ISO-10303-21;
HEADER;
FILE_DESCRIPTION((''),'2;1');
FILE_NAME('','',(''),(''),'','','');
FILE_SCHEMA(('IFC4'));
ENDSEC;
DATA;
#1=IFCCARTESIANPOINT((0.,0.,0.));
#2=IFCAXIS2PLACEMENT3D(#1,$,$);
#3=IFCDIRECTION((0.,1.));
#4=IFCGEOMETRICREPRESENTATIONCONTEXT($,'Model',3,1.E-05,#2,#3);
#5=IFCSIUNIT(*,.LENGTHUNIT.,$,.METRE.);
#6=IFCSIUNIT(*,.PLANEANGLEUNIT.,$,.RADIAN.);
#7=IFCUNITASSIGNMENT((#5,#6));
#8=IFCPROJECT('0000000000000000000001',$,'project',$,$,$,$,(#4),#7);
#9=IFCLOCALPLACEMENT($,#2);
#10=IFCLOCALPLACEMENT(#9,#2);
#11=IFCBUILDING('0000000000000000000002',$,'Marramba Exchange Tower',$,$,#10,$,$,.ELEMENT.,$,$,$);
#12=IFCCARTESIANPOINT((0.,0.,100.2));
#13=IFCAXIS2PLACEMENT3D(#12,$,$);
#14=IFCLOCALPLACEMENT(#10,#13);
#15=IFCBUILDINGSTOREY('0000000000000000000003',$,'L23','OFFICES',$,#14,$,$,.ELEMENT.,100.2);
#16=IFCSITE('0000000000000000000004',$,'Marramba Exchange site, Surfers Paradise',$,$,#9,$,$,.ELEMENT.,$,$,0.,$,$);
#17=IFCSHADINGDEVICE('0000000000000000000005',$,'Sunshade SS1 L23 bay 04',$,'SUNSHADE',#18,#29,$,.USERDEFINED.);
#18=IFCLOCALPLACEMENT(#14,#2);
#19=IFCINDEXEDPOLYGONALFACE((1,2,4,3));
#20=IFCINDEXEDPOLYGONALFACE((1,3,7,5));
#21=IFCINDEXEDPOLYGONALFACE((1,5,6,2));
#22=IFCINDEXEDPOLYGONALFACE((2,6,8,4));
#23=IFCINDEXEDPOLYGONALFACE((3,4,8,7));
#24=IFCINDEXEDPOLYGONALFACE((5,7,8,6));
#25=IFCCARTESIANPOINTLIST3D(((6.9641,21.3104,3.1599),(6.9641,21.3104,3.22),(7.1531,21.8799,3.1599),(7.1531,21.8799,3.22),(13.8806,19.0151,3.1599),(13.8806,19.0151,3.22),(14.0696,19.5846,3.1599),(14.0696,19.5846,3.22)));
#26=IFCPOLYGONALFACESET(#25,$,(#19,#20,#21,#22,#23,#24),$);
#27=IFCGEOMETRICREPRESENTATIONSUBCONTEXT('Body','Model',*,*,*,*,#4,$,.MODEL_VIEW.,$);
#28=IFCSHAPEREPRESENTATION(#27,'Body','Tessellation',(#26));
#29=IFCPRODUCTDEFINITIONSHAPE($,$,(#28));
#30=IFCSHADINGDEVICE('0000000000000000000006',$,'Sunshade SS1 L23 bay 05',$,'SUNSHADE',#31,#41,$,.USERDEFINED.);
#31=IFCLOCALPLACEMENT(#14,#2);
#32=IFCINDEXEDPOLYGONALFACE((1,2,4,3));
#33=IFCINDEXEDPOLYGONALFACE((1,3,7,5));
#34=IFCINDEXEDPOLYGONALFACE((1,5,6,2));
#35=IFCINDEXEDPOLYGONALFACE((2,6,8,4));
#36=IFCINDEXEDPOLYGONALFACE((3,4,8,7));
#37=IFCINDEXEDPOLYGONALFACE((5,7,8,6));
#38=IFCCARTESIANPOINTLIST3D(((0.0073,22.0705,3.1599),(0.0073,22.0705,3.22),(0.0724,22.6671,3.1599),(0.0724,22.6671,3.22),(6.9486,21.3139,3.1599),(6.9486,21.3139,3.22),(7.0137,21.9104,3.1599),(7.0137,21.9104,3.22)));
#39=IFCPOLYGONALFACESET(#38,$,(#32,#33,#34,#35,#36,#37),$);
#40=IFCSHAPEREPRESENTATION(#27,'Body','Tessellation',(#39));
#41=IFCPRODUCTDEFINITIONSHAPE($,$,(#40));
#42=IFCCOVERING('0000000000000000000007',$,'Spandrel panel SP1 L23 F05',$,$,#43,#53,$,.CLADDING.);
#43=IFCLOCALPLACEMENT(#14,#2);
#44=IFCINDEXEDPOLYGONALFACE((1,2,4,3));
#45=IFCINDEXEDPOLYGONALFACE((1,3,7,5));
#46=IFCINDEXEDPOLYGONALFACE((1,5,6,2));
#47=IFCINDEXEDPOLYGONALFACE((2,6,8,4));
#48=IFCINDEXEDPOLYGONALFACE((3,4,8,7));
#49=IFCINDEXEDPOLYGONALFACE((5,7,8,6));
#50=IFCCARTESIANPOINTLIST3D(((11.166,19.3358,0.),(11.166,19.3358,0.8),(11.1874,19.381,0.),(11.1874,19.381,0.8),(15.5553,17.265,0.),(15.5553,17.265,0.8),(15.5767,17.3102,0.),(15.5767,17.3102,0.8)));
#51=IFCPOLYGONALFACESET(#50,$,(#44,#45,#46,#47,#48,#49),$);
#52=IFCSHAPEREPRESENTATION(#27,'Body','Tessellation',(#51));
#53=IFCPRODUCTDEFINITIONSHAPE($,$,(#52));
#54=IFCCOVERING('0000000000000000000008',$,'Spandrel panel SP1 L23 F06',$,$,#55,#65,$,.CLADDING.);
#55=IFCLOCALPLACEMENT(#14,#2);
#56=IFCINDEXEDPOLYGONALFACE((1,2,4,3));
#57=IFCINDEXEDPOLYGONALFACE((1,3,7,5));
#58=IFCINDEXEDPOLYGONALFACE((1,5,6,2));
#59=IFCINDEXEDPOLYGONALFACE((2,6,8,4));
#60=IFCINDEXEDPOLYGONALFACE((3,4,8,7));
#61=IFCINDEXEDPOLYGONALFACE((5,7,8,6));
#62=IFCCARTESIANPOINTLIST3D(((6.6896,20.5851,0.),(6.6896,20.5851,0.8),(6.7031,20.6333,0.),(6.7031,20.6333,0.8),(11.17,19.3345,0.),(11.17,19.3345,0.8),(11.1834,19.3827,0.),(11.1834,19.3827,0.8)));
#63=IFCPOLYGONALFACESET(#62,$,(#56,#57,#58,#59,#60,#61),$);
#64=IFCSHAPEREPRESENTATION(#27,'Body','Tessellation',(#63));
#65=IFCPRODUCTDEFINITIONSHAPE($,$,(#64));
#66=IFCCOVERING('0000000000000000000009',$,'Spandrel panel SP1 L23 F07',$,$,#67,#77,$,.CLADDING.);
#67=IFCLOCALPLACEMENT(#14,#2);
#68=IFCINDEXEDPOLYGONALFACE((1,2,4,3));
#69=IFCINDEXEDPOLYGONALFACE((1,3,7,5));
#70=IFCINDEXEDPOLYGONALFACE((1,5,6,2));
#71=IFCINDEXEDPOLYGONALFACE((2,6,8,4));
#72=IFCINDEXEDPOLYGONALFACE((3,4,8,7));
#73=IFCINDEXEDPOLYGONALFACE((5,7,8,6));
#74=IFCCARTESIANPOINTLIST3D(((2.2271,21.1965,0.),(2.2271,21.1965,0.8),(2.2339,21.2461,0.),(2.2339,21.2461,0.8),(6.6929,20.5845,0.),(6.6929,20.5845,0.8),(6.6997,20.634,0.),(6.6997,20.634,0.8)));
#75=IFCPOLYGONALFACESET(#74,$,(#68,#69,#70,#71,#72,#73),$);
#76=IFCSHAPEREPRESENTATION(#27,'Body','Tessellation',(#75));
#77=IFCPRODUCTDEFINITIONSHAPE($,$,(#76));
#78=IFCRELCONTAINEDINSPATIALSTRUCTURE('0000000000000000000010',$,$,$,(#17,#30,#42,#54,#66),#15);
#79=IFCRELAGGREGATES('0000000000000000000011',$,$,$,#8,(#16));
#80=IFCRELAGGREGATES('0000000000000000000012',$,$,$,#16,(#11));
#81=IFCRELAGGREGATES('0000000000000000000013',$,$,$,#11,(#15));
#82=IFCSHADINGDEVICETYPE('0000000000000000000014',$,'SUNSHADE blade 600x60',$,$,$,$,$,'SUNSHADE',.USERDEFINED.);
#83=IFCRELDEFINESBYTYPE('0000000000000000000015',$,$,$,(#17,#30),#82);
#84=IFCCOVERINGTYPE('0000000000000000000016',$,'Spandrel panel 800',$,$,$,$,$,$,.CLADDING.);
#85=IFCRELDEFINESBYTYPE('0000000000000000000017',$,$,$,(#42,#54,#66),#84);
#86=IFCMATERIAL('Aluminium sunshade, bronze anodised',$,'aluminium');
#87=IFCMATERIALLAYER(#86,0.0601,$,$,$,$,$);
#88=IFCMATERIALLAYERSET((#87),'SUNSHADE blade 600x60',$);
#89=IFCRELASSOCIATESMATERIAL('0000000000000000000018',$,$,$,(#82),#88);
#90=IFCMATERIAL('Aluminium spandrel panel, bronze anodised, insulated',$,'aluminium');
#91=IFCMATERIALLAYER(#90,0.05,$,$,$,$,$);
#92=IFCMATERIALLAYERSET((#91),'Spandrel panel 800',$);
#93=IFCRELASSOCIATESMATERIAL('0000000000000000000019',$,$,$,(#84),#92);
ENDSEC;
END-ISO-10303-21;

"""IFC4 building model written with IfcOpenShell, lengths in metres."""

from ifc_helpers import new_model, si_unit, direction, frame, origin, origin_2d, place, context, subcontext, project, spatial, rectangle, extrude, material, layer, layer_set, type_object, element, save


model = new_model("IFC4")

# Units and contexts
model_context = context("Model", 3, precision=1e-05, world=origin(), true_north=direction((0.0, 1.0)))
body_context = subcontext(model_context, "Body", "Model", "MODEL_VIEW")
ifc_project = project(units=[si_unit("LENGTHUNIT", "METRE"), si_unit("PLANEANGLEUNIT", "RADIAN")], contexts=[model_context])

# Site, building, storey
site_placement = place(None, origin())
site = spatial("IfcSite", under=ifc_project, at=site_placement, Name="Marramba Exchange site, Surfers Paradise", CompositionType="ELEMENT", RefElevation=0.0)
building_placement = place(site_placement, origin())
building = spatial("IfcBuilding", under=site, at=building_placement, Name="Marramba Exchange Tower", CompositionType="ELEMENT")
storey_placement = place(building_placement, frame((0.0, 0.0, 100.2)))
storey = spatial("IfcBuildingStorey", under=building, at=storey_placement, Name="L23", Description="OFFICES", CompositionType="ELEMENT", Elevation=100.2)

# Shading devices
ifc_material_1 = material(Name="Aluminium sunshade, bronze anodised", Category="aluminium")
ifc_layer_1 = layer(ifc_material_1, 0.0601)
ifc_layer_set_1 = layer_set([ifc_layer_1], Name="SUNSHADE blade 600x60")
shading_device_type_1 = type_object("IfcShadingDeviceType", Name="SUNSHADE blade 600x60", ElementType="SUNSHADE", PredefinedType="USERDEFINED", material=ifc_layer_set_1)
shading_device_1_placement = place(storey_placement, frame((10.5168, 20.4475, 3.1599), z_axis=(0.0, 0.0, 1.0), x_axis=(-0.949101, 0.314972, 0.0)))
element("IfcShadingDevice", 1, at=shading_device_1_placement, inside=storey, type_object=shading_device_type_1, Name="Sunshade SS1 L23 bay 04", ObjectType="SUNSHADE", PredefinedType="USERDEFINED", context=body_context, shape_type="SweptSolid", body=[
    extrude(rectangle(XDim=7.2874, YDim=0.6001, at=origin_2d()), origin(), (0.0, 0.0, 1.0), 0.0601),
])
shading_device_2_placement = place(storey_placement, frame((3.5105, 21.9905, 3.1599), z_axis=(0.0, 0.0, 1.0), x_axis=(-0.994111, 0.108363, 0.0)))
element("IfcShadingDevice", 2, at=shading_device_2_placement, inside=storey, type_object=shading_device_type_1, Name="Sunshade SS1 L23 bay 05", ObjectType="SUNSHADE", PredefinedType="USERDEFINED", context=body_context, shape_type="SweptSolid", body=[
    extrude(rectangle(XDim=6.9824, YDim=0.6001, at=origin_2d()), origin(), (0.0, 0.0, 1.0), 0.0601),
])

# Coverings
ifc_material_2 = material(Name="Aluminium spandrel panel, bronze anodised, insulated", Category="aluminium")
ifc_layer_2 = layer(ifc_material_2, 0.05)
ifc_layer_set_2 = layer_set([ifc_layer_2], Name="Spandrel panel 800")
covering_type = type_object("IfcCoveringType", Name="Spandrel panel 800", PredefinedType="CLADDING", material=ifc_layer_set_2)
covering_1_placement = place(storey_placement, frame((13.3713, 18.323, 0.0), z_axis=(0.0, 0.0, 1.0), x_axis=(-0.904403, 0.426679, 0.0)))
element("IfcCovering", 3, at=covering_1_placement, inside=storey, type_object=covering_type, Name="Spandrel panel SP1 L23 F05", PredefinedType="CLADDING", context=body_context, shape_type="SweptSolid", body=[
    extrude(rectangle(XDim=4.8533, YDim=0.05, at=origin_2d()), origin(), (0.0, 0.0, 1.0), 0.8),
])
covering_2_placement = place(storey_placement, frame((8.9365, 19.9839, 0.0), z_axis=(0.0, 0.0, 1.0), x_axis=(-0.963178, 0.268865, 0.0)))
element("IfcCovering", 4, at=covering_2_placement, inside=storey, type_object=covering_type, Name="Spandrel panel SP1 L23 F06", PredefinedType="CLADDING", context=body_context, shape_type="SweptSolid", body=[
    extrude(rectangle(XDim=4.6516, YDim=0.05, at=origin_2d()), origin(), (0.0, 0.0, 1.0), 0.8),
])
covering_3_placement = place(storey_placement, frame((4.4634, 20.9153, 0.0), z_axis=(0.0, 0.0, 1.0), x_axis=(-0.990738, 0.135786, 0.0)))
element("IfcCovering", 5, at=covering_3_placement, inside=storey, type_object=covering_type, Name="Spandrel panel SP1 L23 F07", PredefinedType="CLADDING", context=body_context, shape_type="SweptSolid", body=[
    extrude(rectangle(XDim=4.5076, YDim=0.05, at=origin_2d()), origin(), (0.0, 0.0, 1.0), 0.8),
])

save(model, "model.ifc")
